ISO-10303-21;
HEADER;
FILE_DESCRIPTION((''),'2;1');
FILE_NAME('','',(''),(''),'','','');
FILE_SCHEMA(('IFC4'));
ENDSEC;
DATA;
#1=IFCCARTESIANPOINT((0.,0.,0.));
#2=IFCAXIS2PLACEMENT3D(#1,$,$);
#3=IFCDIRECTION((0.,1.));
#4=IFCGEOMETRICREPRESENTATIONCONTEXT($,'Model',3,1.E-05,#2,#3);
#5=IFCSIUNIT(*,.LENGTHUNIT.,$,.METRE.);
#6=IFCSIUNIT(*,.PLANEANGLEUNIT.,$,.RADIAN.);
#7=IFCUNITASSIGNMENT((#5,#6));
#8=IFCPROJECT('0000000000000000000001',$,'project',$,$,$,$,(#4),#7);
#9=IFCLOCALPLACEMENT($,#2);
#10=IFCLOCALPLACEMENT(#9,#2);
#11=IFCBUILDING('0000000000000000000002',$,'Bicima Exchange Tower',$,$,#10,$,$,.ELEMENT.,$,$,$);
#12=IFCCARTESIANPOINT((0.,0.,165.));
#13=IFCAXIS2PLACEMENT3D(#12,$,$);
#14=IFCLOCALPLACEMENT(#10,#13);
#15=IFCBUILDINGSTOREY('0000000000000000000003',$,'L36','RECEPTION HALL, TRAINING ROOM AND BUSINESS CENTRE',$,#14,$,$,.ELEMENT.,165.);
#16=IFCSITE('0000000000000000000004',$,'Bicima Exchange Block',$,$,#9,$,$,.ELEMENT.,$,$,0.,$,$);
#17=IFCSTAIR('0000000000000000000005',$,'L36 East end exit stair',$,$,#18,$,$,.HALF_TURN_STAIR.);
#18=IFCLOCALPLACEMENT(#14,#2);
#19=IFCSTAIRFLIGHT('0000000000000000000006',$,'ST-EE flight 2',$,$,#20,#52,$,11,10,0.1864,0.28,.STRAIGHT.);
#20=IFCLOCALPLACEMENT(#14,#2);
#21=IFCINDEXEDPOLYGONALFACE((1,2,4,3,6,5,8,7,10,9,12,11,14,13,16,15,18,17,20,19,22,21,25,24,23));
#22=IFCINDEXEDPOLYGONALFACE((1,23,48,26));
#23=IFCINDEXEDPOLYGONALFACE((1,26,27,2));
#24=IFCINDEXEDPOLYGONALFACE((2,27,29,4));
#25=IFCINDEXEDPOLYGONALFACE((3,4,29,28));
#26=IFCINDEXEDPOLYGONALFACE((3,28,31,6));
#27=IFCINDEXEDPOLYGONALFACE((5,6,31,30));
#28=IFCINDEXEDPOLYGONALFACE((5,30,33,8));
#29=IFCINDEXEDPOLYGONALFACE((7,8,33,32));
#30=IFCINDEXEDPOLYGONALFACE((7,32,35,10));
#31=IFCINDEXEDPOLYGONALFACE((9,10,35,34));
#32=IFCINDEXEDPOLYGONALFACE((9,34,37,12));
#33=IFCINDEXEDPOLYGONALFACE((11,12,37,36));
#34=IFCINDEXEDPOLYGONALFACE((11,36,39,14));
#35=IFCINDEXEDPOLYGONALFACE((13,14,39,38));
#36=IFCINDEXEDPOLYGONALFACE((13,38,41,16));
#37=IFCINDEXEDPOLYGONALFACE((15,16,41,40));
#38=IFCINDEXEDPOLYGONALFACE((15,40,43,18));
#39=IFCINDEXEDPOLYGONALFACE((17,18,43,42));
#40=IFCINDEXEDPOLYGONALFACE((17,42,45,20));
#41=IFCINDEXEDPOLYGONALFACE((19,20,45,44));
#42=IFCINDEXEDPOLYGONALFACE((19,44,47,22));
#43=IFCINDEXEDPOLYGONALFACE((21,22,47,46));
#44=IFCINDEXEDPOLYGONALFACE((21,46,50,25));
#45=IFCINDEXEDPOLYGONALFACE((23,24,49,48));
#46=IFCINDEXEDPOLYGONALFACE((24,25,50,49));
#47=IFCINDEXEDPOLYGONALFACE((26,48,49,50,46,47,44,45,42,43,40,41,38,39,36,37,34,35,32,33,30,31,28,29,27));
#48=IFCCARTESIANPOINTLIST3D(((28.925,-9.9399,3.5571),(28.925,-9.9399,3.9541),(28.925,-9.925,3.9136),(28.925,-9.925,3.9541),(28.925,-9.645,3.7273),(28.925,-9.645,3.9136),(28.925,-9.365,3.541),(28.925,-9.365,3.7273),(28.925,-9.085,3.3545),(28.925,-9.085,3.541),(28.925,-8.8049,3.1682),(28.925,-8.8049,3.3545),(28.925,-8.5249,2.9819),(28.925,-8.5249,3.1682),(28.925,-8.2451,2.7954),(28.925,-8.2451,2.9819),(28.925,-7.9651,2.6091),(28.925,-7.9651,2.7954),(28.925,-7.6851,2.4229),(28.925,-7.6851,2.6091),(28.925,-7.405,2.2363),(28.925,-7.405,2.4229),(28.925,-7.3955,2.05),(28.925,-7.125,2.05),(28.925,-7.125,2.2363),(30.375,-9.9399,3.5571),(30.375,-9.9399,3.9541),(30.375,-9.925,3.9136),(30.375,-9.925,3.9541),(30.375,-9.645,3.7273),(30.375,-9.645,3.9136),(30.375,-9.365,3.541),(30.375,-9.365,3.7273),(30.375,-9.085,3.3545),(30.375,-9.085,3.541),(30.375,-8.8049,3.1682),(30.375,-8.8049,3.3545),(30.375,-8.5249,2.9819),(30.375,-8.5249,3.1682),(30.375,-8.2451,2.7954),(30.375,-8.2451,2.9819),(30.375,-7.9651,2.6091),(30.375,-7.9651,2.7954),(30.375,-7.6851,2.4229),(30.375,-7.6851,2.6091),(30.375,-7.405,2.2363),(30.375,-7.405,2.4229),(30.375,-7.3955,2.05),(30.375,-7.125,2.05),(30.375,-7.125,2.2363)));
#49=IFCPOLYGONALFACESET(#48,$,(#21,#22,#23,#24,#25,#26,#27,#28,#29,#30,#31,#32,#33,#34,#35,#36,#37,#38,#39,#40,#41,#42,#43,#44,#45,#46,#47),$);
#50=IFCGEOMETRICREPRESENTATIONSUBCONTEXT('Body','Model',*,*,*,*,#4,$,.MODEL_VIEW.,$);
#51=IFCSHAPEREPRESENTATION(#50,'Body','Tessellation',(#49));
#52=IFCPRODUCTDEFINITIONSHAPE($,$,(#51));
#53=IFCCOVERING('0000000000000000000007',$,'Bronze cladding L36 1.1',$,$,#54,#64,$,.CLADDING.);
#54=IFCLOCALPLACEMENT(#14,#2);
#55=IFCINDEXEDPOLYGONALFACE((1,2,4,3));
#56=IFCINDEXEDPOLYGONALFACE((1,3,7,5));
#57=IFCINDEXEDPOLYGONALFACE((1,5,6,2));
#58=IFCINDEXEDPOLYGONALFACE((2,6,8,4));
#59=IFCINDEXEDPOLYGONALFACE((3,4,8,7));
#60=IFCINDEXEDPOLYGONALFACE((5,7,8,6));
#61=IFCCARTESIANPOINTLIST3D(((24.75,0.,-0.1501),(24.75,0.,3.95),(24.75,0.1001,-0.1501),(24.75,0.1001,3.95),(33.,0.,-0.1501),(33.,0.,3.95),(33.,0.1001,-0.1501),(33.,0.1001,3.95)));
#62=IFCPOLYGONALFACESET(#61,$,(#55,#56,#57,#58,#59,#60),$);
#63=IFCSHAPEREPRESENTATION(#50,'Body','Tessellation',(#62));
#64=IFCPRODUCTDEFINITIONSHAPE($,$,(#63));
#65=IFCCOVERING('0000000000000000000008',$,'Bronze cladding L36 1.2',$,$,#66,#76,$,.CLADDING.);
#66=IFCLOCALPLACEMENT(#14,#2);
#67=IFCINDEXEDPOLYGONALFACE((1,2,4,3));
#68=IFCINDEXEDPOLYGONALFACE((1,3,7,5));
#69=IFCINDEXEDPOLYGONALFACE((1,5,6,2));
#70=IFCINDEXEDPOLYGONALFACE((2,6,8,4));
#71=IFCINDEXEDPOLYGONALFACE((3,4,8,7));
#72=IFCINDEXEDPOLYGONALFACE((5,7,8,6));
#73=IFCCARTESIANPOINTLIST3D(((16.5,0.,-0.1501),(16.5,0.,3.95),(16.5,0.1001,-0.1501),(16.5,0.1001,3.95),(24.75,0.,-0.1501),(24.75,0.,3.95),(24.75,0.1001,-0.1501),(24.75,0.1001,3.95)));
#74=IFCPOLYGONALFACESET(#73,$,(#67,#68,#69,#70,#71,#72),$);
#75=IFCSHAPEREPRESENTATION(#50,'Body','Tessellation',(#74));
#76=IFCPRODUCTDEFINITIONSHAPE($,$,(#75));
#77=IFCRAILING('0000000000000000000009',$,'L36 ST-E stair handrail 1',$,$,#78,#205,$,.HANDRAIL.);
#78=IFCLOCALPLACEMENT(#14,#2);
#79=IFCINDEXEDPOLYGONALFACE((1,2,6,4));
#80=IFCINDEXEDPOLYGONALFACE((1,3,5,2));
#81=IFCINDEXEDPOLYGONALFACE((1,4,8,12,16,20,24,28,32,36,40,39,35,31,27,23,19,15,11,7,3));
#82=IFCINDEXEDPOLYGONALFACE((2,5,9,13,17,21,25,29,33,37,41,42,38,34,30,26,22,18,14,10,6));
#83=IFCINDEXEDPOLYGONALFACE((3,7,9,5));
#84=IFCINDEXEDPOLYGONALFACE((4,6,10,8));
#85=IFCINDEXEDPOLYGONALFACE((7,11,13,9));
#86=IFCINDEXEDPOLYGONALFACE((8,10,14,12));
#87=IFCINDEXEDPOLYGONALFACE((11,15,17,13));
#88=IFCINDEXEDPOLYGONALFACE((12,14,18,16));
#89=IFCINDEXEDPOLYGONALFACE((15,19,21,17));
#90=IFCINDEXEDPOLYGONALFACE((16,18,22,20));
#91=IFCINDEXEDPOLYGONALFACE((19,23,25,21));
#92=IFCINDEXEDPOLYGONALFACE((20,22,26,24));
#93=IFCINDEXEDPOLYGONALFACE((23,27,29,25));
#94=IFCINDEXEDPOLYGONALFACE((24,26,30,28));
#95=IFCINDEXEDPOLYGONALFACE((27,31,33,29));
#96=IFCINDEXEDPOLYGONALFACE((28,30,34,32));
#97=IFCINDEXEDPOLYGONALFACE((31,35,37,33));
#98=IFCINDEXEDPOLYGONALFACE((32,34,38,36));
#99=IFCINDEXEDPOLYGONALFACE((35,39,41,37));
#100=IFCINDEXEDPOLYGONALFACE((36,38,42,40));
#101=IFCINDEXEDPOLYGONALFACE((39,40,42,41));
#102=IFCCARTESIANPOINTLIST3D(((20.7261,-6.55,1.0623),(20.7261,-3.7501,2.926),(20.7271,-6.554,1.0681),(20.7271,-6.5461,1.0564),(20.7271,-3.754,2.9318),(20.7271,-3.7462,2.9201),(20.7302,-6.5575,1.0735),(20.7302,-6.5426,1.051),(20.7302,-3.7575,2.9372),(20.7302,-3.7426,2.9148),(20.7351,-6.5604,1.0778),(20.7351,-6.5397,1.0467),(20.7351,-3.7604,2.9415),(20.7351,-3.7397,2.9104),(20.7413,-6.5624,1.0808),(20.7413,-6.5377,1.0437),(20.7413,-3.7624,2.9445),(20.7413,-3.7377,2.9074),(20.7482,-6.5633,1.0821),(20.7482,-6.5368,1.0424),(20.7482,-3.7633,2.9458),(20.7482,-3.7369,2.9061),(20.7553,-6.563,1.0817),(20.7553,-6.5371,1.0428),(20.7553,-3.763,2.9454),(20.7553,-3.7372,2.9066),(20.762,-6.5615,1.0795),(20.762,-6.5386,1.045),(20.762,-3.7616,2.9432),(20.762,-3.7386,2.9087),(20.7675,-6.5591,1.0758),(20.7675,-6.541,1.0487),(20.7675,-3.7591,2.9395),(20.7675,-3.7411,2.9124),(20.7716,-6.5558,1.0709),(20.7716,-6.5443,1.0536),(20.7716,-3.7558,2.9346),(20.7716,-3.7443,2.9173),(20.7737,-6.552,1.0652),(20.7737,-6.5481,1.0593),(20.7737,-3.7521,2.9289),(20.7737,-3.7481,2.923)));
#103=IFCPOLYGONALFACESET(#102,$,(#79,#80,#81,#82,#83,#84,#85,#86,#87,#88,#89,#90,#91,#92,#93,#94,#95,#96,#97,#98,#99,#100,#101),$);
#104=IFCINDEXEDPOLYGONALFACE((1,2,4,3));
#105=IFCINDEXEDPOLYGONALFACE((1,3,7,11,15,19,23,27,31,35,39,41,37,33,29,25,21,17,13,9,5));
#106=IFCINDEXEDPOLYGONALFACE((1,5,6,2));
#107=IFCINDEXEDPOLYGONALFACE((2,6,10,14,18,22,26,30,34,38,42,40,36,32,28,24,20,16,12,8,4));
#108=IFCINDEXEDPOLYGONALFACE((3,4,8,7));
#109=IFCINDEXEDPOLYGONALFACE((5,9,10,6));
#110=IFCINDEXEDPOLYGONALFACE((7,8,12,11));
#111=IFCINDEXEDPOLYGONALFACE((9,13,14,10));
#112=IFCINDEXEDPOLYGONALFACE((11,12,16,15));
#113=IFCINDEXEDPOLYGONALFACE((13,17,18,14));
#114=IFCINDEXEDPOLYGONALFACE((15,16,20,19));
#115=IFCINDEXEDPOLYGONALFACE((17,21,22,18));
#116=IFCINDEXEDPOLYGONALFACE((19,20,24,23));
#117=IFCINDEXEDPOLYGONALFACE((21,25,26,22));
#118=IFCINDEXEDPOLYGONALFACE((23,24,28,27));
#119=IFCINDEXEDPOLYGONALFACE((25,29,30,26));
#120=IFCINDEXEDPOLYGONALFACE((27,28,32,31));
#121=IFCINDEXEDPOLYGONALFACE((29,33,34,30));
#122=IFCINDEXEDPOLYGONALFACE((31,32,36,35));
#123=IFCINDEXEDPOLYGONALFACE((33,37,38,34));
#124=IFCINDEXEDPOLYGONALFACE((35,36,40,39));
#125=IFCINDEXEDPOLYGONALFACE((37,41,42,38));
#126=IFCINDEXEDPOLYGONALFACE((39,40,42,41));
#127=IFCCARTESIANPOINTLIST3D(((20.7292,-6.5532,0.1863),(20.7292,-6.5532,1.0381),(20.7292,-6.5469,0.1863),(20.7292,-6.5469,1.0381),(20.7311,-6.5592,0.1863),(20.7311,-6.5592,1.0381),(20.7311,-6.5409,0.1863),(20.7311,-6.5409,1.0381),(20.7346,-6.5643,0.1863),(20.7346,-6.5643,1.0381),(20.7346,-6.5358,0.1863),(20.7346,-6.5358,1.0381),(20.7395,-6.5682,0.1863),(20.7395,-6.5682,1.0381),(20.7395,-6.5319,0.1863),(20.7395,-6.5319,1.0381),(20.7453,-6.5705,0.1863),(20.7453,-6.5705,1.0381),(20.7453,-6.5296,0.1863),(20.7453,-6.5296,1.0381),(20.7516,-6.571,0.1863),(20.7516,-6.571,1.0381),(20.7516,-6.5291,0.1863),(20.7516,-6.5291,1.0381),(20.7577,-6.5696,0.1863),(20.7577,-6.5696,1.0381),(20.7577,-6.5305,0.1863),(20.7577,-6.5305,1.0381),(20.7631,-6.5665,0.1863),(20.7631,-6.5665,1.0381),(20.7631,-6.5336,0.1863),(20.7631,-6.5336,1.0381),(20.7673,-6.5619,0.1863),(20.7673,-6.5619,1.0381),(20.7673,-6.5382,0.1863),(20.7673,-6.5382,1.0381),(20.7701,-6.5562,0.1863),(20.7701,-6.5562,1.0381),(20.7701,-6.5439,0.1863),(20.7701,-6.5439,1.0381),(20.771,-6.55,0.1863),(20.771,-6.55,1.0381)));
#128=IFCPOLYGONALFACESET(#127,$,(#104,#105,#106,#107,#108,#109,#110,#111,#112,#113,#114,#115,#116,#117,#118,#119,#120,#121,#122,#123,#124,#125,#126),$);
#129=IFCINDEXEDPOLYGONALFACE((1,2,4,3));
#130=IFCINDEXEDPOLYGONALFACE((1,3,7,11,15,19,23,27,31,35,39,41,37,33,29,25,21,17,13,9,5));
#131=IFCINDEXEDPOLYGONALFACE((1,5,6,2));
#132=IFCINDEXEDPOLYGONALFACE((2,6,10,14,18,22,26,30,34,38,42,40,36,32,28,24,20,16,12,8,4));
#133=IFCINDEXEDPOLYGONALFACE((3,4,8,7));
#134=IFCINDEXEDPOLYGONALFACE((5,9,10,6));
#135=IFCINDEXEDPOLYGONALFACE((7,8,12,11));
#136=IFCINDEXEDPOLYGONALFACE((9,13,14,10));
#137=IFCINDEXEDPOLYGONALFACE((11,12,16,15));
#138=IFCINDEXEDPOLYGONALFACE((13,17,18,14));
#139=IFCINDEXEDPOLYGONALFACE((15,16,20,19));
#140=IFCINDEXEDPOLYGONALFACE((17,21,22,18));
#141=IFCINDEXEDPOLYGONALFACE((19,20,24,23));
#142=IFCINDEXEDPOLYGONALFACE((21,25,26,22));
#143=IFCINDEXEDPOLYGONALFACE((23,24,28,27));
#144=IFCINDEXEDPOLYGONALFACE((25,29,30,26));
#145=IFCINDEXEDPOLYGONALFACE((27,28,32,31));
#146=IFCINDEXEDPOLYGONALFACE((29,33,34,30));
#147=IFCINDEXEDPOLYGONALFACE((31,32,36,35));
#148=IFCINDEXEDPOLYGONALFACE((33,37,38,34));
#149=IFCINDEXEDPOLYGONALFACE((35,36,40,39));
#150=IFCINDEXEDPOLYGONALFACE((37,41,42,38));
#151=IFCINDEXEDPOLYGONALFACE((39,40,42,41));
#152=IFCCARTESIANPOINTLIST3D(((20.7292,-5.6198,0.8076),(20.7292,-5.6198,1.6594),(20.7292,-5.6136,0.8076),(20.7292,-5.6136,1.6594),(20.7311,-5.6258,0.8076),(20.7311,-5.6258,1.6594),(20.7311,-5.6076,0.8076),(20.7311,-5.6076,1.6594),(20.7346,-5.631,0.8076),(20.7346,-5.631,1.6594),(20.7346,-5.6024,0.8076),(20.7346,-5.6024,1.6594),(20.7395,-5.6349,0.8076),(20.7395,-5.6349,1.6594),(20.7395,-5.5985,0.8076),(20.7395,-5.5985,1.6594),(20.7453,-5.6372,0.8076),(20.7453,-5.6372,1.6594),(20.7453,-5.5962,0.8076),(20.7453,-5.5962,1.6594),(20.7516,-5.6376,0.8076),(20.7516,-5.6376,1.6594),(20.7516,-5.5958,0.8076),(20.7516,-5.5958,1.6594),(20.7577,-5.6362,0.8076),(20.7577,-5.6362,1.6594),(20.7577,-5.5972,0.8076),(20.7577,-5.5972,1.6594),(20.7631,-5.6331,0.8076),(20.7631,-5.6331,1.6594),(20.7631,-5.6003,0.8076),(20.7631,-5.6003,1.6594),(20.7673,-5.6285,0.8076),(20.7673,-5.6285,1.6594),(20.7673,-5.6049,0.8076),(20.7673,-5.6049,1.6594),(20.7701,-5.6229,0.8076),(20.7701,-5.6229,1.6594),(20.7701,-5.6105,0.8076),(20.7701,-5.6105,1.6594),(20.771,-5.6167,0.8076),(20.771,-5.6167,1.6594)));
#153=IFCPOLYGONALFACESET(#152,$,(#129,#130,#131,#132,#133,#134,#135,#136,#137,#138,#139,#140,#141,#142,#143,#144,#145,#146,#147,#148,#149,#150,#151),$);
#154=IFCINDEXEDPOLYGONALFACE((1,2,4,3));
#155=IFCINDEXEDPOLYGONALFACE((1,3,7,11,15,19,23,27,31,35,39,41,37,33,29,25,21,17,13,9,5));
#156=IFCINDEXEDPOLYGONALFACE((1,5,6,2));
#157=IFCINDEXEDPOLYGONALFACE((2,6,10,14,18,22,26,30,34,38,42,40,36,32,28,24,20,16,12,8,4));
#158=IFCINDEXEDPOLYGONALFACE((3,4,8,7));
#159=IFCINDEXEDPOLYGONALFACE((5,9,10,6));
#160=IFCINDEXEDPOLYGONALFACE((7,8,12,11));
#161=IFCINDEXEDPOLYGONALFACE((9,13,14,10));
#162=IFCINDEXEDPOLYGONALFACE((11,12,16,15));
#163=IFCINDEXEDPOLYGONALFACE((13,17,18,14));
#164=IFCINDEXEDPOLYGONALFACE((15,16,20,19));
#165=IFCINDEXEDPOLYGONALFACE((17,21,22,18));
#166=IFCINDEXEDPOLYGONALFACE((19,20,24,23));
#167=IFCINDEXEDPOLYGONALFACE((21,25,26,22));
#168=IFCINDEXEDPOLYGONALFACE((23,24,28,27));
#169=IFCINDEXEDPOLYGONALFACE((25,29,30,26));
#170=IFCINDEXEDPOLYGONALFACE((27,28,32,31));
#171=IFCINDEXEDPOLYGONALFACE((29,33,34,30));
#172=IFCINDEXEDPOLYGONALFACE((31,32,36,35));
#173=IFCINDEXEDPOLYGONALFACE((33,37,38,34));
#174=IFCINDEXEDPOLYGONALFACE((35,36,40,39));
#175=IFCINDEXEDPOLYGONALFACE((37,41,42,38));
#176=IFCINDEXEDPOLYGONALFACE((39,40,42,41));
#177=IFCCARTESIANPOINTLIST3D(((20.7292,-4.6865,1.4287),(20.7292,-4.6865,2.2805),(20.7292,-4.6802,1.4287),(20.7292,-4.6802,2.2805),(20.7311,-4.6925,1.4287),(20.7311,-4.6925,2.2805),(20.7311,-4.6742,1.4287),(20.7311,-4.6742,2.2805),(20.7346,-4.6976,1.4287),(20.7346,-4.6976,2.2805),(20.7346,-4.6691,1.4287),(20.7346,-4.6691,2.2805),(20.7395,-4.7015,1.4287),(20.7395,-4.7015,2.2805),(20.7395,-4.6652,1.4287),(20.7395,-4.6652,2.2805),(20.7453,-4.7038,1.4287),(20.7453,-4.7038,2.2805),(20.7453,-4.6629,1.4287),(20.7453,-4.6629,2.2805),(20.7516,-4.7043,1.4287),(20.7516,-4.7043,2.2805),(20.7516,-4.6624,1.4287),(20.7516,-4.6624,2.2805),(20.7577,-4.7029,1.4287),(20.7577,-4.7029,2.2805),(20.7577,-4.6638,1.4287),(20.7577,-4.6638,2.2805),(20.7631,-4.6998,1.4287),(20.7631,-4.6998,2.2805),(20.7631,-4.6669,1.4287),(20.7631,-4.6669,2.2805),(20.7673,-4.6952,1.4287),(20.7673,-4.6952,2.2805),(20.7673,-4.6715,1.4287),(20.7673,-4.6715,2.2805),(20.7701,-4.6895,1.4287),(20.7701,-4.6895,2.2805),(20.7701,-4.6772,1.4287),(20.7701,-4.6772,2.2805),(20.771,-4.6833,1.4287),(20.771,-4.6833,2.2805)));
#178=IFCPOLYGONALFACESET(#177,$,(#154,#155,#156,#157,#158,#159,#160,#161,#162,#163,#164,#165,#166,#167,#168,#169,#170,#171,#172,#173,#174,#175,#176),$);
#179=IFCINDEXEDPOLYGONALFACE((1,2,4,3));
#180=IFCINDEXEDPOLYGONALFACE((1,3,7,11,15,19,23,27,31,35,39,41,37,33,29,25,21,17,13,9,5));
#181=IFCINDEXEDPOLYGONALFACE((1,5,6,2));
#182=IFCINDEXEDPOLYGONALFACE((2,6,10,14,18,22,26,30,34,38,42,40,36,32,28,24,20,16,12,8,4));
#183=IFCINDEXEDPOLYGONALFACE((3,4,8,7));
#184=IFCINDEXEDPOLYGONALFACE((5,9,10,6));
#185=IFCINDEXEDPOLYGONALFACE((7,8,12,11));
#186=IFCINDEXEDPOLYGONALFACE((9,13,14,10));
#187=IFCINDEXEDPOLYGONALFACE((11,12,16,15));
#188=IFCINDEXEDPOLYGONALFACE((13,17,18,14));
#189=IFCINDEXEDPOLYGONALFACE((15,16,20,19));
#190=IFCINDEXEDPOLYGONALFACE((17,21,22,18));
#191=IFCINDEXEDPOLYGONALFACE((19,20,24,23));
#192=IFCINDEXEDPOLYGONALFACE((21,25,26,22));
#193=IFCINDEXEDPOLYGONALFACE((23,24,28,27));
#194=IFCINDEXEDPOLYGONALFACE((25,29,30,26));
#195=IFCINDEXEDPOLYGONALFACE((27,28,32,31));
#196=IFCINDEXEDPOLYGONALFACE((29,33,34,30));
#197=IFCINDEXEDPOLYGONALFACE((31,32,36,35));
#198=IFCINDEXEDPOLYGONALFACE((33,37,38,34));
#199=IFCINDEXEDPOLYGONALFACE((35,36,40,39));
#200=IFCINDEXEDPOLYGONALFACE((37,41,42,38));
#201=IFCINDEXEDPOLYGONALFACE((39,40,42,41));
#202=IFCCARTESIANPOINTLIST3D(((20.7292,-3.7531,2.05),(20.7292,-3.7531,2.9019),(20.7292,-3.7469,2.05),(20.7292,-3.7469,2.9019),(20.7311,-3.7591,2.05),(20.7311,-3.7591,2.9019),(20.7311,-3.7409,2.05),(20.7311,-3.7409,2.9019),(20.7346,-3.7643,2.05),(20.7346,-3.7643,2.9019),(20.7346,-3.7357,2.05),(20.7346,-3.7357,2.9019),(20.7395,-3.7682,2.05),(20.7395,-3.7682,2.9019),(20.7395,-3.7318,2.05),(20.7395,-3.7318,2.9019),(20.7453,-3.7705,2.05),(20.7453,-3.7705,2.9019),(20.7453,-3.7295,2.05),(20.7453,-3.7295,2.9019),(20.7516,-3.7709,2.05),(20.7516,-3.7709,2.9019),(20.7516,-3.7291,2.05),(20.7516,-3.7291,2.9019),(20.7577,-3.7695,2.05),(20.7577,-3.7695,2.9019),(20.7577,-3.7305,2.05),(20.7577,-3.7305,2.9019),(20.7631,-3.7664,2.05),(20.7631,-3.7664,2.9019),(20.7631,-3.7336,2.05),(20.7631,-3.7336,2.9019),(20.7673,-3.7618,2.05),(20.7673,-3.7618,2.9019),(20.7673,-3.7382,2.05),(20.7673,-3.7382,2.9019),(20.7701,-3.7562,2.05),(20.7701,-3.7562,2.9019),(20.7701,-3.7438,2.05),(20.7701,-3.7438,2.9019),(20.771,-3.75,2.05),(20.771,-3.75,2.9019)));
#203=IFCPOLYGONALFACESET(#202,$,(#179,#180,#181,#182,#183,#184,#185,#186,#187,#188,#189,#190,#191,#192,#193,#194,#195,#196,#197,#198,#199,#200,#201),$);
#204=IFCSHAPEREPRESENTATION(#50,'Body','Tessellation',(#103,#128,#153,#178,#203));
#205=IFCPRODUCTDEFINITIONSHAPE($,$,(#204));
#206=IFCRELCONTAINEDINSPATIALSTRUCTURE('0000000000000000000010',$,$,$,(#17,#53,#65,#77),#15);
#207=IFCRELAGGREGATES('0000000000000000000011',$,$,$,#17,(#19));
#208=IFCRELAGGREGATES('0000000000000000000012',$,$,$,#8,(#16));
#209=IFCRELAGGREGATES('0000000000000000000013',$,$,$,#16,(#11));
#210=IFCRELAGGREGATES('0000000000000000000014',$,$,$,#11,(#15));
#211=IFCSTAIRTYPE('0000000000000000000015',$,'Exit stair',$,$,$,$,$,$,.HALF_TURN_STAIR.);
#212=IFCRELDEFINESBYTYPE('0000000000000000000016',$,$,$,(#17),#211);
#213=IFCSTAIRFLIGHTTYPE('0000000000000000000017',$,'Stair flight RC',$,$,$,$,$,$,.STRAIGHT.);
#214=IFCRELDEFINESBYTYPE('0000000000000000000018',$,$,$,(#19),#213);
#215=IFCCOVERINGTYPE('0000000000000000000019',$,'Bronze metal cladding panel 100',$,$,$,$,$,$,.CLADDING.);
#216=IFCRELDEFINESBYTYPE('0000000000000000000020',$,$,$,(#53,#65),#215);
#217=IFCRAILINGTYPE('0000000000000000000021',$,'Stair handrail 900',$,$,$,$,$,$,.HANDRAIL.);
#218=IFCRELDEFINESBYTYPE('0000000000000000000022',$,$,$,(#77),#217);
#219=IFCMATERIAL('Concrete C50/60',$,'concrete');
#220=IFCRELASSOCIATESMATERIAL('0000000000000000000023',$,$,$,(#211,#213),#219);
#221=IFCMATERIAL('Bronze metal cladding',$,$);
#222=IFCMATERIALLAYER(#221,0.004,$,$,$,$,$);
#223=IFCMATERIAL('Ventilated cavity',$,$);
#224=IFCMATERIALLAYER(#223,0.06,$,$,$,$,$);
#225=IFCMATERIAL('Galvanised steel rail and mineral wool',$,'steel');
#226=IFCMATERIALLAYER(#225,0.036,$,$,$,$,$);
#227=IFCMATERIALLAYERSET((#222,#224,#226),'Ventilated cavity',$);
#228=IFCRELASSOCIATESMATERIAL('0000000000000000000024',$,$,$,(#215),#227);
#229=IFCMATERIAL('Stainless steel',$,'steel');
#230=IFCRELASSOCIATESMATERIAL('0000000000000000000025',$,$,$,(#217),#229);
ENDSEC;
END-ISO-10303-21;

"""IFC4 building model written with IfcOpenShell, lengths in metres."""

from ifc_helpers import new_model, si_unit, direction, frame, origin, origin_2d, place, context, subcontext, project, spatial, polyline, rectangle, circle, outline, extrude, material, layer, layer_set, type_object, element, aggregate, save


model = new_model("IFC4")

# Units and contexts
model_context = context("Model", 3, precision=1e-05, world=origin(), true_north=direction((0.0, 1.0)))
body_context = subcontext(model_context, "Body", "Model", "MODEL_VIEW")
ifc_project = project(units=[si_unit("LENGTHUNIT", "METRE"), si_unit("PLANEANGLEUNIT", "RADIAN")], contexts=[model_context])

# Site, building, storey
site_placement = place(None, origin())
site = spatial("IfcSite", under=ifc_project, at=site_placement, Name="Bicima Exchange Block", CompositionType="ELEMENT", RefElevation=0.0)
building_placement = place(site_placement, origin())
building = spatial("IfcBuilding", under=site, at=building_placement, Name="Bicima Exchange Tower", CompositionType="ELEMENT")
storey_placement = place(building_placement, frame((0.0, 0.0, 165.0)))
storey = spatial("IfcBuildingStorey", under=building, at=storey_placement, Name="L36", Description="RECEPTION HALL, TRAINING ROOM AND BUSINESS CENTRE", CompositionType="ELEMENT", Elevation=165.0)

# Shared definitions
ifc_material_1 = material(Name="Concrete C50/60", Category="concrete")

# Stair, stair flight
stair_type = type_object("IfcStairType", Name="Exit stair", PredefinedType="HALF_TURN_STAIR", material=ifc_material_1)
stair_flight_type = type_object("IfcStairFlightType", Name="Stair flight RC", PredefinedType="STRAIGHT", material=ifc_material_1)
stair_1_placement = place(storey_placement, origin())
stair_1 = element("IfcStair", 1, at=stair_1_placement, inside=storey, type_object=stair_type, Name="L36 East end exit stair", PredefinedType="HALF_TURN_STAIR")
stair_flight_1_placement = place(storey_placement, frame((29.6499, -7.125, 2.05), z_axis=(0.0, 0.0, 1.0), x_axis=(0.0, -1.0, 0.0)))
stair_flight_1 = element("IfcStairFlight", 2, at=stair_flight_1_placement, type_object=stair_flight_type, Name="ST-EE flight 2", NumberOfRisers=11, NumberOfTreads=10, PredefinedType="STRAIGHT", RiserHeight=0.1864, TreadLength=0.28, context=body_context, shape_type="SweptSolid", body=[
    extrude(outline(polyline([(0.0, 0.0), (0.0, 0.1863), (0.28, 0.1863), (0.28, 0.3728), (0.5601, 0.3728), (0.5601, 0.5591), (0.8401, 0.5591), (0.8401, 0.7454), (1.1201, 0.7454), (1.1201, 0.9319), (1.3999, 0.9319), (1.3999, 1.1182), (1.6799, 1.1182), (1.6799, 1.3044), (1.96, 1.3044), (1.96, 1.491), (2.24, 1.491), (2.24, 1.6772), (2.52, 1.6772), (2.52, 1.8635), (2.8, 1.8635), (2.8, 1.9041), (2.8149, 1.9041), (2.8149, 1.5071), (0.2705, 0.0), (0.0, 0.0)])), frame((0.0, 0.7251, 0.0), z_axis=(0.0, -1.0, 0.0), x_axis=(1.0, 0.0, 0.0)), (0.0, 0.0, 1.0), 1.45),
])
aggregate(stair_1, [stair_flight_1])

# Coverings
ifc_material_2 = material(Name="Bronze metal cladding")
ifc_layer_1 = layer(ifc_material_2, 0.004)
ifc_material_3 = material(Name="Ventilated cavity")
ifc_layer_2 = layer(ifc_material_3, 0.06)
ifc_material_4 = material(Name="Galvanised steel rail and mineral wool", Category="steel")
ifc_layer_3 = layer(ifc_material_4, 0.036)
ifc_layer_set_1 = layer_set([ifc_layer_1, ifc_layer_2, ifc_layer_3], Name="Ventilated cavity")
covering_type = type_object("IfcCoveringType", Name="Bronze metal cladding panel 100", PredefinedType="CLADDING", material=ifc_layer_set_1)
for number, where, z_axis, x_axis, name in (
    (3, (28.875, 0.05, -0.1501), (0.0, 0.0, 1.0), (-1.0, 0.0, 0.0), "Bronze cladding L36 1.1"),
    (4, (20.625, 0.05, -0.1501), (0.0, 0.0, 1.0), (-1.0, 0.0, 0.0), "Bronze cladding L36 1.2"),
):
    element("IfcCovering", number, at=place(storey_placement, frame(where, z_axis=z_axis, x_axis=x_axis)), inside=storey, type_object=covering_type, Name=name, PredefinedType="CLADDING", context=body_context, shape_type="SweptSolid", body=[
        extrude(rectangle(XDim=8.25, YDim=0.1001, at=origin_2d()), origin(), (0.0, 0.0, 1.0), 4.1001),
    ])

# Railing
ifc_material_5 = material(Name="Stainless steel", Category="steel")
railing_type_1 = type_object("IfcRailingType", Name="Stair handrail 900", PredefinedType="HANDRAIL", material=ifc_material_5)
railing_1_placement = place(storey_placement, frame((20.75, -6.55, 0.1863)))
element("IfcRailing", 5, at=railing_1_placement, inside=storey, type_object=railing_type_1, Name="L36 ST-E stair handrail 1", PredefinedType="HANDRAIL", context=body_context, shape_type="SweptSolid", body=[
    extrude(circle(Radius=0.0239, at=origin_2d()), frame((0.0, 0.0, 0.876), z_axis=(0.0, 0.832452, 0.554097), x_axis=(-1.0, 0.0, 0.0)), (0.0, 0.0, 1.0), 3.3635),
    extrude(circle(Radius=0.021, at=origin_2d()), origin(), (0.0, 0.0, 1.0), 0.8518),
    extrude(circle(Radius=0.021, at=origin_2d()), frame((0.0, 0.9333, 0.6213)), (0.0, 0.0, 1.0), 0.8518),
    extrude(circle(Radius=0.021, at=origin_2d()), frame((0.0, 1.8667, 1.2424)), (0.0, 0.0, 1.0), 0.8518),
    extrude(circle(Radius=0.021, at=origin_2d()), frame((0.0, 2.8, 1.8638)), (0.0, 0.0, 1.0), 0.8518),
])

save(model, "model.ifc")
